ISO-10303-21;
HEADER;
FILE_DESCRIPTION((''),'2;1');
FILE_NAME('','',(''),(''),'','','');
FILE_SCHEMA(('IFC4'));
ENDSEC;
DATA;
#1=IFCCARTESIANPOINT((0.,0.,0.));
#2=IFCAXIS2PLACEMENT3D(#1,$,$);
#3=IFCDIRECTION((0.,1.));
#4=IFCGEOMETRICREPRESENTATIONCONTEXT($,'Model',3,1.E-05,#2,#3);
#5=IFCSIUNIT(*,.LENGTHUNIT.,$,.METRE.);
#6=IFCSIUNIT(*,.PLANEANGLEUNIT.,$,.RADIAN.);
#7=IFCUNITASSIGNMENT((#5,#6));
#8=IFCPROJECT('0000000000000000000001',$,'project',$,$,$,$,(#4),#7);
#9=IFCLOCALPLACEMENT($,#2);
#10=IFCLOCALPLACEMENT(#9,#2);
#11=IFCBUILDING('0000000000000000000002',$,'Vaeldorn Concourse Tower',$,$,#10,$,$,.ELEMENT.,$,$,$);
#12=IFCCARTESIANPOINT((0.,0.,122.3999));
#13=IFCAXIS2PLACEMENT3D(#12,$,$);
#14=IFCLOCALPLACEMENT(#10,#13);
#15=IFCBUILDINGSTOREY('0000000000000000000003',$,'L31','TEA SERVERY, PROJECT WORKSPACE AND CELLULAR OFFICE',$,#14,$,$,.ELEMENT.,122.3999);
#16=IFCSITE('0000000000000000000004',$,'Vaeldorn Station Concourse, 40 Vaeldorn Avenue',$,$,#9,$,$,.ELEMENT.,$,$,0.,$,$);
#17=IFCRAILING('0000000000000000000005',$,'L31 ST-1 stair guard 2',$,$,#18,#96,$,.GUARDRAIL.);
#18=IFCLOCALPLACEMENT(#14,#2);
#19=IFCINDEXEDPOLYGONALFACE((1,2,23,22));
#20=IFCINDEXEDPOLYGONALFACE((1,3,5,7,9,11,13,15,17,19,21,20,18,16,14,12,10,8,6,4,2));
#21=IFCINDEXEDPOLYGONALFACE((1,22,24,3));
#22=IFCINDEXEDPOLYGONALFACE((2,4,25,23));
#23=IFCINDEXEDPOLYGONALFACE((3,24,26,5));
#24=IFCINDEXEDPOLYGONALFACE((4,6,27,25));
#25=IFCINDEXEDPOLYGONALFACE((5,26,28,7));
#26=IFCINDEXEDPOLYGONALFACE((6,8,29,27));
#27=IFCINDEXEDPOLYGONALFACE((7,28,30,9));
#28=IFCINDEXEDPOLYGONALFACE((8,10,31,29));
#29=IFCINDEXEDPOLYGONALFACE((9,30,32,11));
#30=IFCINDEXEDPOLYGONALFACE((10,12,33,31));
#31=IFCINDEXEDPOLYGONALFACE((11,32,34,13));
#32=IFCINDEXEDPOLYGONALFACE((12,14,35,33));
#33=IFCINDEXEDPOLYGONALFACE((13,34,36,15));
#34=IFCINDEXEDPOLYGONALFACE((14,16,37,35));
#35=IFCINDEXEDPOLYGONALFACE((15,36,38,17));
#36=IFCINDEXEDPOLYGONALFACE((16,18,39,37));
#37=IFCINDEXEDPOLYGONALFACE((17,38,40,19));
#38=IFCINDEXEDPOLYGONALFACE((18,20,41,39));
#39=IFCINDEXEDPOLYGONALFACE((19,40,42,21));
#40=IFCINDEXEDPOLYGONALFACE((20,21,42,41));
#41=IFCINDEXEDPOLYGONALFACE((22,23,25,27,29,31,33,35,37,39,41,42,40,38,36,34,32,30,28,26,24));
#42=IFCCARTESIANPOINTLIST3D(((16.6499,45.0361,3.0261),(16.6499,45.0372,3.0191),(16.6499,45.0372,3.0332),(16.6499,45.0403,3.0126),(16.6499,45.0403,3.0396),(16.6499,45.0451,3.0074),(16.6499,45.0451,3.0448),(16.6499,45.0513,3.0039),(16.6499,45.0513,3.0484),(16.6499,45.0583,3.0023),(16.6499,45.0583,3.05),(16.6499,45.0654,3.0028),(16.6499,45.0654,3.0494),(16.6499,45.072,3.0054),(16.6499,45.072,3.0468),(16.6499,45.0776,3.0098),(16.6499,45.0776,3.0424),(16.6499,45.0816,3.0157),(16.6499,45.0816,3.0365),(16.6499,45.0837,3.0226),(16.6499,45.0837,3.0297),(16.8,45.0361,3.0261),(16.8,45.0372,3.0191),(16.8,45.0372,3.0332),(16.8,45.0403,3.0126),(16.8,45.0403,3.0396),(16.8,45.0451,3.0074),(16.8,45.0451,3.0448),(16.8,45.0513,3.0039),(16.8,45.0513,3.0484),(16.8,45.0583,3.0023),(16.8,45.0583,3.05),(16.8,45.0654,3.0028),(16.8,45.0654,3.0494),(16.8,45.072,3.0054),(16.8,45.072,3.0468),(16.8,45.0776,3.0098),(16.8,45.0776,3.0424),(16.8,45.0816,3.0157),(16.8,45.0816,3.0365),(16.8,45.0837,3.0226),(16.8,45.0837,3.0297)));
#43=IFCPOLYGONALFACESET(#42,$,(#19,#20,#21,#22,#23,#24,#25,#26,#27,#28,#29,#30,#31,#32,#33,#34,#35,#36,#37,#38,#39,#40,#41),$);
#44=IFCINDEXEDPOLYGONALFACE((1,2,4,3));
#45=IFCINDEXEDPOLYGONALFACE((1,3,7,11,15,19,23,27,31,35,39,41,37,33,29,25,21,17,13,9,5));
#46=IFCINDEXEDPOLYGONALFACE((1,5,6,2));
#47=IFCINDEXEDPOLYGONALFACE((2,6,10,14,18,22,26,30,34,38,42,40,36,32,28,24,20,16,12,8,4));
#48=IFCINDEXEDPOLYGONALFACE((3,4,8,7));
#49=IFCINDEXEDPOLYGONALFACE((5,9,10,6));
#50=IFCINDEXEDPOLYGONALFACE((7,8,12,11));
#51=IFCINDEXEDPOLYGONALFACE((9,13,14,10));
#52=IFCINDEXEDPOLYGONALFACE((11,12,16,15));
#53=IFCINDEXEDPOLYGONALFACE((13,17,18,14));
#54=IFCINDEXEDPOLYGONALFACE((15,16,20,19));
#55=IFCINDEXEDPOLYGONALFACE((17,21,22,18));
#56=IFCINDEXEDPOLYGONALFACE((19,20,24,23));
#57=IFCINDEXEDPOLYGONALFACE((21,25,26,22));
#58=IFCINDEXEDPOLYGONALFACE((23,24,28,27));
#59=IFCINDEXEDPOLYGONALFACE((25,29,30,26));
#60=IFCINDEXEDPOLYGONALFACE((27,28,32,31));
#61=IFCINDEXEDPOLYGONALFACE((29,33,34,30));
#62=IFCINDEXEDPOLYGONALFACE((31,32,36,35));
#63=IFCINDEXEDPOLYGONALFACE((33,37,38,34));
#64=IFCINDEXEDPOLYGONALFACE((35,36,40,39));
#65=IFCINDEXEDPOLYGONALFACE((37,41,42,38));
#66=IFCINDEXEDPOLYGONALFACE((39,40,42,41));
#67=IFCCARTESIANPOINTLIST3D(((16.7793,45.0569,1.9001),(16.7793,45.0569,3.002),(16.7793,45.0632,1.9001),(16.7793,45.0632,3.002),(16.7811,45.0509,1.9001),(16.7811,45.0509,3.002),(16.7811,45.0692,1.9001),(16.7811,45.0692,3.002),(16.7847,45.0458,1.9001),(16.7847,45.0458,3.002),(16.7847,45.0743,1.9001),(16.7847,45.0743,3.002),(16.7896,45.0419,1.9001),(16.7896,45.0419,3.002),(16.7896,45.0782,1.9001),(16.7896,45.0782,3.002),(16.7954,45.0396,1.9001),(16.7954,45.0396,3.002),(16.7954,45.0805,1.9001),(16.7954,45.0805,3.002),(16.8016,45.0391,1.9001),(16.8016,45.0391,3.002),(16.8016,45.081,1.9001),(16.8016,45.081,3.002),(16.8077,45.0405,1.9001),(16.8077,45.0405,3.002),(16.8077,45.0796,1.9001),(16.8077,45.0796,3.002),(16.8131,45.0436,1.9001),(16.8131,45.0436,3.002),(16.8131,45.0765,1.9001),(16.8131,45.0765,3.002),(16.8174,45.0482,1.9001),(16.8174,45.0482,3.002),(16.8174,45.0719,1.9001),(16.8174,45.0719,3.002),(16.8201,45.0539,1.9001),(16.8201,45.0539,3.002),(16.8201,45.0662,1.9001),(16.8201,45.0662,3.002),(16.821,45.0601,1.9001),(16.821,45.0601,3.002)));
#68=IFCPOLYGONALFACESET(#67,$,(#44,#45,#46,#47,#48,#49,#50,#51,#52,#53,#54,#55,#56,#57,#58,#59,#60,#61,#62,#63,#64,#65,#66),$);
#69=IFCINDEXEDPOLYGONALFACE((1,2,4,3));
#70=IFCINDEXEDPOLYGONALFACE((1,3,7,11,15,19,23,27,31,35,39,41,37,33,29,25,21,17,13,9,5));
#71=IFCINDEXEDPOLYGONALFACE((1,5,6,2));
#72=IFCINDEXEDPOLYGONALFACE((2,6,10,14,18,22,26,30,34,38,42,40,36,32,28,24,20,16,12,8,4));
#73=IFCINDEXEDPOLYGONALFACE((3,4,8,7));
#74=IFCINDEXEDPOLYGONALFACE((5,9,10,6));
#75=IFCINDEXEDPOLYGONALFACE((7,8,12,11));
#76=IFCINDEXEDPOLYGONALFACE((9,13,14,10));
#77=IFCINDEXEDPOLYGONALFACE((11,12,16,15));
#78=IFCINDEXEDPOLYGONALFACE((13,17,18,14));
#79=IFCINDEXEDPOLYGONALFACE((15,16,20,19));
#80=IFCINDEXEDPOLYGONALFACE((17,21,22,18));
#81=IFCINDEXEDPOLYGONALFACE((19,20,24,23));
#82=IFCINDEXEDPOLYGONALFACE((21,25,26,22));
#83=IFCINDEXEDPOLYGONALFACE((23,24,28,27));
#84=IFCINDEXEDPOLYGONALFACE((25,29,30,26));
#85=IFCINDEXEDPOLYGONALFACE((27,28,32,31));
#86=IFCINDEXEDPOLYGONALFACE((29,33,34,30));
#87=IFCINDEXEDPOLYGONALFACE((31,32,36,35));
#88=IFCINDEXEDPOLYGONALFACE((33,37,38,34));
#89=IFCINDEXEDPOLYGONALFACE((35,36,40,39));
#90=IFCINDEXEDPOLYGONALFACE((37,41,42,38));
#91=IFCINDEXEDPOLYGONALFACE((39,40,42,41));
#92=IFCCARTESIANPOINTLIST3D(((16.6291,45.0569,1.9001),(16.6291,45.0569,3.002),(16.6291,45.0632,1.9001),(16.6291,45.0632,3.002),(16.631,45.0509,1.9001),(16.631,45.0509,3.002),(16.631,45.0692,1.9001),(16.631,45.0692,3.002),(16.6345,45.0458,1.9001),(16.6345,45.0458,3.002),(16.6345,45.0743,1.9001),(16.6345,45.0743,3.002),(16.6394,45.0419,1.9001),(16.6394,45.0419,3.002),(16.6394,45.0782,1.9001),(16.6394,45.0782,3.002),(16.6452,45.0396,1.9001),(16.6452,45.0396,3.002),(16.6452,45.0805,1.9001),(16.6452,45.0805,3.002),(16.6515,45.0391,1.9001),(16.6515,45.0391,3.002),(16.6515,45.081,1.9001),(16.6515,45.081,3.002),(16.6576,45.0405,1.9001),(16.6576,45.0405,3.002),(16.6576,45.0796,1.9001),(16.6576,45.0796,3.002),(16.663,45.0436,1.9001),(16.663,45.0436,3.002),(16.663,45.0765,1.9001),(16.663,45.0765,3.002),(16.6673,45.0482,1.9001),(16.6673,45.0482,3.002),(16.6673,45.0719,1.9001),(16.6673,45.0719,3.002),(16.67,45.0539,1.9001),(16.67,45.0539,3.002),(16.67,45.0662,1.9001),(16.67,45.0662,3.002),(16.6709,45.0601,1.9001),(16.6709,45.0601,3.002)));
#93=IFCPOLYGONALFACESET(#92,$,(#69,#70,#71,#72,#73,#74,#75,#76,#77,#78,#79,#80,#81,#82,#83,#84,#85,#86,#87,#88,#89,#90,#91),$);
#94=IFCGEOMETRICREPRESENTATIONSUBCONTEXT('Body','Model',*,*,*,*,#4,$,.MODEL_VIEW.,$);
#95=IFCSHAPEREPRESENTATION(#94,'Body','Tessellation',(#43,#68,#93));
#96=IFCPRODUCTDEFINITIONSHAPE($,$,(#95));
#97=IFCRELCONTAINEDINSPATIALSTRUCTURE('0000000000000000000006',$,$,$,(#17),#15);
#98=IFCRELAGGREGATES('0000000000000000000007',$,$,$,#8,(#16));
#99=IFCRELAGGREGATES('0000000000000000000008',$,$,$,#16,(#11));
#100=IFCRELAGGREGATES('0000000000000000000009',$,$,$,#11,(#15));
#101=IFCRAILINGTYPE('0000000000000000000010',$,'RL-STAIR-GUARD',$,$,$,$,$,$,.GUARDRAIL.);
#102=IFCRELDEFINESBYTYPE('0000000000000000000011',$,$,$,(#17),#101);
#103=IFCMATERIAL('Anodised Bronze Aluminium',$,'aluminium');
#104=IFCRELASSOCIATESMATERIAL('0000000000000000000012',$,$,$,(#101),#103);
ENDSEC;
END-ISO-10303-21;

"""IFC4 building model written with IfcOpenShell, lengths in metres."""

from ifc_helpers import new_model, si_unit, direction, frame, origin, origin_2d, place, context, subcontext, project, spatial, circle, extrude, material, type_object, element, save


model = new_model("IFC4")

# Units and contexts
model_context = context("Model", 3, precision=1e-05, world=origin(), true_north=direction((0.0, 1.0)))
body_context = subcontext(model_context, "Body", "Model", "MODEL_VIEW")
ifc_project = project(units=[si_unit("LENGTHUNIT", "METRE"), si_unit("PLANEANGLEUNIT", "RADIAN")], contexts=[model_context])

# Site, building, storey
site_placement = place(None, origin())
site = spatial("IfcSite", under=ifc_project, at=site_placement, Name="Vaeldorn Station Concourse, 40 Vaeldorn Avenue", CompositionType="ELEMENT", RefElevation=0.0)
building_placement = place(site_placement, origin())
building = spatial("IfcBuilding", under=site, at=building_placement, Name="Vaeldorn Concourse Tower", CompositionType="ELEMENT")
storey_placement = place(building_placement, frame((0.0, 0.0, 122.3999)))
storey = spatial("IfcBuildingStorey", under=building, at=storey_placement, Name="L31", Description="TEA SERVERY, PROJECT WORKSPACE AND CELLULAR OFFICE", CompositionType="ELEMENT", Elevation=122.3999)

# Shared definitions
ifc_material_1 = material(Name="Anodised Bronze Aluminium", Category="aluminium")

# Railing
railing_type_1 = type_object("IfcRailingType", Name="RL-STAIR-GUARD", PredefinedType="GUARDRAIL", material=ifc_material_1)
railing_1_placement = place(storey_placement, frame((16.8, 45.0601, 1.9001)))
element("IfcRailing", 1, at=railing_1_placement, inside=storey, type_object=railing_type_1, Name="L31 ST-1 stair guard 2", PredefinedType="GUARDRAIL", context=body_context, shape_type="SweptSolid", body=[
    extrude(circle(Radius=0.0239, at=origin_2d()), frame((0.0, 0.0, 1.126), z_axis=(-1.0, 0.0, 0.0), x_axis=(0.0, -1.0, 0.0)), (0.0, 0.0, 1.0), 0.1501),
    extrude(circle(Radius=0.021, at=origin_2d()), origin(), (0.0, 0.0, 1.0), 1.1018),
    extrude(circle(Radius=0.021, at=origin_2d()), frame((-0.1501, 0.0, 0.0)), (0.0, 0.0, 1.0), 1.1018),
])

save(model, "model.ifc")
